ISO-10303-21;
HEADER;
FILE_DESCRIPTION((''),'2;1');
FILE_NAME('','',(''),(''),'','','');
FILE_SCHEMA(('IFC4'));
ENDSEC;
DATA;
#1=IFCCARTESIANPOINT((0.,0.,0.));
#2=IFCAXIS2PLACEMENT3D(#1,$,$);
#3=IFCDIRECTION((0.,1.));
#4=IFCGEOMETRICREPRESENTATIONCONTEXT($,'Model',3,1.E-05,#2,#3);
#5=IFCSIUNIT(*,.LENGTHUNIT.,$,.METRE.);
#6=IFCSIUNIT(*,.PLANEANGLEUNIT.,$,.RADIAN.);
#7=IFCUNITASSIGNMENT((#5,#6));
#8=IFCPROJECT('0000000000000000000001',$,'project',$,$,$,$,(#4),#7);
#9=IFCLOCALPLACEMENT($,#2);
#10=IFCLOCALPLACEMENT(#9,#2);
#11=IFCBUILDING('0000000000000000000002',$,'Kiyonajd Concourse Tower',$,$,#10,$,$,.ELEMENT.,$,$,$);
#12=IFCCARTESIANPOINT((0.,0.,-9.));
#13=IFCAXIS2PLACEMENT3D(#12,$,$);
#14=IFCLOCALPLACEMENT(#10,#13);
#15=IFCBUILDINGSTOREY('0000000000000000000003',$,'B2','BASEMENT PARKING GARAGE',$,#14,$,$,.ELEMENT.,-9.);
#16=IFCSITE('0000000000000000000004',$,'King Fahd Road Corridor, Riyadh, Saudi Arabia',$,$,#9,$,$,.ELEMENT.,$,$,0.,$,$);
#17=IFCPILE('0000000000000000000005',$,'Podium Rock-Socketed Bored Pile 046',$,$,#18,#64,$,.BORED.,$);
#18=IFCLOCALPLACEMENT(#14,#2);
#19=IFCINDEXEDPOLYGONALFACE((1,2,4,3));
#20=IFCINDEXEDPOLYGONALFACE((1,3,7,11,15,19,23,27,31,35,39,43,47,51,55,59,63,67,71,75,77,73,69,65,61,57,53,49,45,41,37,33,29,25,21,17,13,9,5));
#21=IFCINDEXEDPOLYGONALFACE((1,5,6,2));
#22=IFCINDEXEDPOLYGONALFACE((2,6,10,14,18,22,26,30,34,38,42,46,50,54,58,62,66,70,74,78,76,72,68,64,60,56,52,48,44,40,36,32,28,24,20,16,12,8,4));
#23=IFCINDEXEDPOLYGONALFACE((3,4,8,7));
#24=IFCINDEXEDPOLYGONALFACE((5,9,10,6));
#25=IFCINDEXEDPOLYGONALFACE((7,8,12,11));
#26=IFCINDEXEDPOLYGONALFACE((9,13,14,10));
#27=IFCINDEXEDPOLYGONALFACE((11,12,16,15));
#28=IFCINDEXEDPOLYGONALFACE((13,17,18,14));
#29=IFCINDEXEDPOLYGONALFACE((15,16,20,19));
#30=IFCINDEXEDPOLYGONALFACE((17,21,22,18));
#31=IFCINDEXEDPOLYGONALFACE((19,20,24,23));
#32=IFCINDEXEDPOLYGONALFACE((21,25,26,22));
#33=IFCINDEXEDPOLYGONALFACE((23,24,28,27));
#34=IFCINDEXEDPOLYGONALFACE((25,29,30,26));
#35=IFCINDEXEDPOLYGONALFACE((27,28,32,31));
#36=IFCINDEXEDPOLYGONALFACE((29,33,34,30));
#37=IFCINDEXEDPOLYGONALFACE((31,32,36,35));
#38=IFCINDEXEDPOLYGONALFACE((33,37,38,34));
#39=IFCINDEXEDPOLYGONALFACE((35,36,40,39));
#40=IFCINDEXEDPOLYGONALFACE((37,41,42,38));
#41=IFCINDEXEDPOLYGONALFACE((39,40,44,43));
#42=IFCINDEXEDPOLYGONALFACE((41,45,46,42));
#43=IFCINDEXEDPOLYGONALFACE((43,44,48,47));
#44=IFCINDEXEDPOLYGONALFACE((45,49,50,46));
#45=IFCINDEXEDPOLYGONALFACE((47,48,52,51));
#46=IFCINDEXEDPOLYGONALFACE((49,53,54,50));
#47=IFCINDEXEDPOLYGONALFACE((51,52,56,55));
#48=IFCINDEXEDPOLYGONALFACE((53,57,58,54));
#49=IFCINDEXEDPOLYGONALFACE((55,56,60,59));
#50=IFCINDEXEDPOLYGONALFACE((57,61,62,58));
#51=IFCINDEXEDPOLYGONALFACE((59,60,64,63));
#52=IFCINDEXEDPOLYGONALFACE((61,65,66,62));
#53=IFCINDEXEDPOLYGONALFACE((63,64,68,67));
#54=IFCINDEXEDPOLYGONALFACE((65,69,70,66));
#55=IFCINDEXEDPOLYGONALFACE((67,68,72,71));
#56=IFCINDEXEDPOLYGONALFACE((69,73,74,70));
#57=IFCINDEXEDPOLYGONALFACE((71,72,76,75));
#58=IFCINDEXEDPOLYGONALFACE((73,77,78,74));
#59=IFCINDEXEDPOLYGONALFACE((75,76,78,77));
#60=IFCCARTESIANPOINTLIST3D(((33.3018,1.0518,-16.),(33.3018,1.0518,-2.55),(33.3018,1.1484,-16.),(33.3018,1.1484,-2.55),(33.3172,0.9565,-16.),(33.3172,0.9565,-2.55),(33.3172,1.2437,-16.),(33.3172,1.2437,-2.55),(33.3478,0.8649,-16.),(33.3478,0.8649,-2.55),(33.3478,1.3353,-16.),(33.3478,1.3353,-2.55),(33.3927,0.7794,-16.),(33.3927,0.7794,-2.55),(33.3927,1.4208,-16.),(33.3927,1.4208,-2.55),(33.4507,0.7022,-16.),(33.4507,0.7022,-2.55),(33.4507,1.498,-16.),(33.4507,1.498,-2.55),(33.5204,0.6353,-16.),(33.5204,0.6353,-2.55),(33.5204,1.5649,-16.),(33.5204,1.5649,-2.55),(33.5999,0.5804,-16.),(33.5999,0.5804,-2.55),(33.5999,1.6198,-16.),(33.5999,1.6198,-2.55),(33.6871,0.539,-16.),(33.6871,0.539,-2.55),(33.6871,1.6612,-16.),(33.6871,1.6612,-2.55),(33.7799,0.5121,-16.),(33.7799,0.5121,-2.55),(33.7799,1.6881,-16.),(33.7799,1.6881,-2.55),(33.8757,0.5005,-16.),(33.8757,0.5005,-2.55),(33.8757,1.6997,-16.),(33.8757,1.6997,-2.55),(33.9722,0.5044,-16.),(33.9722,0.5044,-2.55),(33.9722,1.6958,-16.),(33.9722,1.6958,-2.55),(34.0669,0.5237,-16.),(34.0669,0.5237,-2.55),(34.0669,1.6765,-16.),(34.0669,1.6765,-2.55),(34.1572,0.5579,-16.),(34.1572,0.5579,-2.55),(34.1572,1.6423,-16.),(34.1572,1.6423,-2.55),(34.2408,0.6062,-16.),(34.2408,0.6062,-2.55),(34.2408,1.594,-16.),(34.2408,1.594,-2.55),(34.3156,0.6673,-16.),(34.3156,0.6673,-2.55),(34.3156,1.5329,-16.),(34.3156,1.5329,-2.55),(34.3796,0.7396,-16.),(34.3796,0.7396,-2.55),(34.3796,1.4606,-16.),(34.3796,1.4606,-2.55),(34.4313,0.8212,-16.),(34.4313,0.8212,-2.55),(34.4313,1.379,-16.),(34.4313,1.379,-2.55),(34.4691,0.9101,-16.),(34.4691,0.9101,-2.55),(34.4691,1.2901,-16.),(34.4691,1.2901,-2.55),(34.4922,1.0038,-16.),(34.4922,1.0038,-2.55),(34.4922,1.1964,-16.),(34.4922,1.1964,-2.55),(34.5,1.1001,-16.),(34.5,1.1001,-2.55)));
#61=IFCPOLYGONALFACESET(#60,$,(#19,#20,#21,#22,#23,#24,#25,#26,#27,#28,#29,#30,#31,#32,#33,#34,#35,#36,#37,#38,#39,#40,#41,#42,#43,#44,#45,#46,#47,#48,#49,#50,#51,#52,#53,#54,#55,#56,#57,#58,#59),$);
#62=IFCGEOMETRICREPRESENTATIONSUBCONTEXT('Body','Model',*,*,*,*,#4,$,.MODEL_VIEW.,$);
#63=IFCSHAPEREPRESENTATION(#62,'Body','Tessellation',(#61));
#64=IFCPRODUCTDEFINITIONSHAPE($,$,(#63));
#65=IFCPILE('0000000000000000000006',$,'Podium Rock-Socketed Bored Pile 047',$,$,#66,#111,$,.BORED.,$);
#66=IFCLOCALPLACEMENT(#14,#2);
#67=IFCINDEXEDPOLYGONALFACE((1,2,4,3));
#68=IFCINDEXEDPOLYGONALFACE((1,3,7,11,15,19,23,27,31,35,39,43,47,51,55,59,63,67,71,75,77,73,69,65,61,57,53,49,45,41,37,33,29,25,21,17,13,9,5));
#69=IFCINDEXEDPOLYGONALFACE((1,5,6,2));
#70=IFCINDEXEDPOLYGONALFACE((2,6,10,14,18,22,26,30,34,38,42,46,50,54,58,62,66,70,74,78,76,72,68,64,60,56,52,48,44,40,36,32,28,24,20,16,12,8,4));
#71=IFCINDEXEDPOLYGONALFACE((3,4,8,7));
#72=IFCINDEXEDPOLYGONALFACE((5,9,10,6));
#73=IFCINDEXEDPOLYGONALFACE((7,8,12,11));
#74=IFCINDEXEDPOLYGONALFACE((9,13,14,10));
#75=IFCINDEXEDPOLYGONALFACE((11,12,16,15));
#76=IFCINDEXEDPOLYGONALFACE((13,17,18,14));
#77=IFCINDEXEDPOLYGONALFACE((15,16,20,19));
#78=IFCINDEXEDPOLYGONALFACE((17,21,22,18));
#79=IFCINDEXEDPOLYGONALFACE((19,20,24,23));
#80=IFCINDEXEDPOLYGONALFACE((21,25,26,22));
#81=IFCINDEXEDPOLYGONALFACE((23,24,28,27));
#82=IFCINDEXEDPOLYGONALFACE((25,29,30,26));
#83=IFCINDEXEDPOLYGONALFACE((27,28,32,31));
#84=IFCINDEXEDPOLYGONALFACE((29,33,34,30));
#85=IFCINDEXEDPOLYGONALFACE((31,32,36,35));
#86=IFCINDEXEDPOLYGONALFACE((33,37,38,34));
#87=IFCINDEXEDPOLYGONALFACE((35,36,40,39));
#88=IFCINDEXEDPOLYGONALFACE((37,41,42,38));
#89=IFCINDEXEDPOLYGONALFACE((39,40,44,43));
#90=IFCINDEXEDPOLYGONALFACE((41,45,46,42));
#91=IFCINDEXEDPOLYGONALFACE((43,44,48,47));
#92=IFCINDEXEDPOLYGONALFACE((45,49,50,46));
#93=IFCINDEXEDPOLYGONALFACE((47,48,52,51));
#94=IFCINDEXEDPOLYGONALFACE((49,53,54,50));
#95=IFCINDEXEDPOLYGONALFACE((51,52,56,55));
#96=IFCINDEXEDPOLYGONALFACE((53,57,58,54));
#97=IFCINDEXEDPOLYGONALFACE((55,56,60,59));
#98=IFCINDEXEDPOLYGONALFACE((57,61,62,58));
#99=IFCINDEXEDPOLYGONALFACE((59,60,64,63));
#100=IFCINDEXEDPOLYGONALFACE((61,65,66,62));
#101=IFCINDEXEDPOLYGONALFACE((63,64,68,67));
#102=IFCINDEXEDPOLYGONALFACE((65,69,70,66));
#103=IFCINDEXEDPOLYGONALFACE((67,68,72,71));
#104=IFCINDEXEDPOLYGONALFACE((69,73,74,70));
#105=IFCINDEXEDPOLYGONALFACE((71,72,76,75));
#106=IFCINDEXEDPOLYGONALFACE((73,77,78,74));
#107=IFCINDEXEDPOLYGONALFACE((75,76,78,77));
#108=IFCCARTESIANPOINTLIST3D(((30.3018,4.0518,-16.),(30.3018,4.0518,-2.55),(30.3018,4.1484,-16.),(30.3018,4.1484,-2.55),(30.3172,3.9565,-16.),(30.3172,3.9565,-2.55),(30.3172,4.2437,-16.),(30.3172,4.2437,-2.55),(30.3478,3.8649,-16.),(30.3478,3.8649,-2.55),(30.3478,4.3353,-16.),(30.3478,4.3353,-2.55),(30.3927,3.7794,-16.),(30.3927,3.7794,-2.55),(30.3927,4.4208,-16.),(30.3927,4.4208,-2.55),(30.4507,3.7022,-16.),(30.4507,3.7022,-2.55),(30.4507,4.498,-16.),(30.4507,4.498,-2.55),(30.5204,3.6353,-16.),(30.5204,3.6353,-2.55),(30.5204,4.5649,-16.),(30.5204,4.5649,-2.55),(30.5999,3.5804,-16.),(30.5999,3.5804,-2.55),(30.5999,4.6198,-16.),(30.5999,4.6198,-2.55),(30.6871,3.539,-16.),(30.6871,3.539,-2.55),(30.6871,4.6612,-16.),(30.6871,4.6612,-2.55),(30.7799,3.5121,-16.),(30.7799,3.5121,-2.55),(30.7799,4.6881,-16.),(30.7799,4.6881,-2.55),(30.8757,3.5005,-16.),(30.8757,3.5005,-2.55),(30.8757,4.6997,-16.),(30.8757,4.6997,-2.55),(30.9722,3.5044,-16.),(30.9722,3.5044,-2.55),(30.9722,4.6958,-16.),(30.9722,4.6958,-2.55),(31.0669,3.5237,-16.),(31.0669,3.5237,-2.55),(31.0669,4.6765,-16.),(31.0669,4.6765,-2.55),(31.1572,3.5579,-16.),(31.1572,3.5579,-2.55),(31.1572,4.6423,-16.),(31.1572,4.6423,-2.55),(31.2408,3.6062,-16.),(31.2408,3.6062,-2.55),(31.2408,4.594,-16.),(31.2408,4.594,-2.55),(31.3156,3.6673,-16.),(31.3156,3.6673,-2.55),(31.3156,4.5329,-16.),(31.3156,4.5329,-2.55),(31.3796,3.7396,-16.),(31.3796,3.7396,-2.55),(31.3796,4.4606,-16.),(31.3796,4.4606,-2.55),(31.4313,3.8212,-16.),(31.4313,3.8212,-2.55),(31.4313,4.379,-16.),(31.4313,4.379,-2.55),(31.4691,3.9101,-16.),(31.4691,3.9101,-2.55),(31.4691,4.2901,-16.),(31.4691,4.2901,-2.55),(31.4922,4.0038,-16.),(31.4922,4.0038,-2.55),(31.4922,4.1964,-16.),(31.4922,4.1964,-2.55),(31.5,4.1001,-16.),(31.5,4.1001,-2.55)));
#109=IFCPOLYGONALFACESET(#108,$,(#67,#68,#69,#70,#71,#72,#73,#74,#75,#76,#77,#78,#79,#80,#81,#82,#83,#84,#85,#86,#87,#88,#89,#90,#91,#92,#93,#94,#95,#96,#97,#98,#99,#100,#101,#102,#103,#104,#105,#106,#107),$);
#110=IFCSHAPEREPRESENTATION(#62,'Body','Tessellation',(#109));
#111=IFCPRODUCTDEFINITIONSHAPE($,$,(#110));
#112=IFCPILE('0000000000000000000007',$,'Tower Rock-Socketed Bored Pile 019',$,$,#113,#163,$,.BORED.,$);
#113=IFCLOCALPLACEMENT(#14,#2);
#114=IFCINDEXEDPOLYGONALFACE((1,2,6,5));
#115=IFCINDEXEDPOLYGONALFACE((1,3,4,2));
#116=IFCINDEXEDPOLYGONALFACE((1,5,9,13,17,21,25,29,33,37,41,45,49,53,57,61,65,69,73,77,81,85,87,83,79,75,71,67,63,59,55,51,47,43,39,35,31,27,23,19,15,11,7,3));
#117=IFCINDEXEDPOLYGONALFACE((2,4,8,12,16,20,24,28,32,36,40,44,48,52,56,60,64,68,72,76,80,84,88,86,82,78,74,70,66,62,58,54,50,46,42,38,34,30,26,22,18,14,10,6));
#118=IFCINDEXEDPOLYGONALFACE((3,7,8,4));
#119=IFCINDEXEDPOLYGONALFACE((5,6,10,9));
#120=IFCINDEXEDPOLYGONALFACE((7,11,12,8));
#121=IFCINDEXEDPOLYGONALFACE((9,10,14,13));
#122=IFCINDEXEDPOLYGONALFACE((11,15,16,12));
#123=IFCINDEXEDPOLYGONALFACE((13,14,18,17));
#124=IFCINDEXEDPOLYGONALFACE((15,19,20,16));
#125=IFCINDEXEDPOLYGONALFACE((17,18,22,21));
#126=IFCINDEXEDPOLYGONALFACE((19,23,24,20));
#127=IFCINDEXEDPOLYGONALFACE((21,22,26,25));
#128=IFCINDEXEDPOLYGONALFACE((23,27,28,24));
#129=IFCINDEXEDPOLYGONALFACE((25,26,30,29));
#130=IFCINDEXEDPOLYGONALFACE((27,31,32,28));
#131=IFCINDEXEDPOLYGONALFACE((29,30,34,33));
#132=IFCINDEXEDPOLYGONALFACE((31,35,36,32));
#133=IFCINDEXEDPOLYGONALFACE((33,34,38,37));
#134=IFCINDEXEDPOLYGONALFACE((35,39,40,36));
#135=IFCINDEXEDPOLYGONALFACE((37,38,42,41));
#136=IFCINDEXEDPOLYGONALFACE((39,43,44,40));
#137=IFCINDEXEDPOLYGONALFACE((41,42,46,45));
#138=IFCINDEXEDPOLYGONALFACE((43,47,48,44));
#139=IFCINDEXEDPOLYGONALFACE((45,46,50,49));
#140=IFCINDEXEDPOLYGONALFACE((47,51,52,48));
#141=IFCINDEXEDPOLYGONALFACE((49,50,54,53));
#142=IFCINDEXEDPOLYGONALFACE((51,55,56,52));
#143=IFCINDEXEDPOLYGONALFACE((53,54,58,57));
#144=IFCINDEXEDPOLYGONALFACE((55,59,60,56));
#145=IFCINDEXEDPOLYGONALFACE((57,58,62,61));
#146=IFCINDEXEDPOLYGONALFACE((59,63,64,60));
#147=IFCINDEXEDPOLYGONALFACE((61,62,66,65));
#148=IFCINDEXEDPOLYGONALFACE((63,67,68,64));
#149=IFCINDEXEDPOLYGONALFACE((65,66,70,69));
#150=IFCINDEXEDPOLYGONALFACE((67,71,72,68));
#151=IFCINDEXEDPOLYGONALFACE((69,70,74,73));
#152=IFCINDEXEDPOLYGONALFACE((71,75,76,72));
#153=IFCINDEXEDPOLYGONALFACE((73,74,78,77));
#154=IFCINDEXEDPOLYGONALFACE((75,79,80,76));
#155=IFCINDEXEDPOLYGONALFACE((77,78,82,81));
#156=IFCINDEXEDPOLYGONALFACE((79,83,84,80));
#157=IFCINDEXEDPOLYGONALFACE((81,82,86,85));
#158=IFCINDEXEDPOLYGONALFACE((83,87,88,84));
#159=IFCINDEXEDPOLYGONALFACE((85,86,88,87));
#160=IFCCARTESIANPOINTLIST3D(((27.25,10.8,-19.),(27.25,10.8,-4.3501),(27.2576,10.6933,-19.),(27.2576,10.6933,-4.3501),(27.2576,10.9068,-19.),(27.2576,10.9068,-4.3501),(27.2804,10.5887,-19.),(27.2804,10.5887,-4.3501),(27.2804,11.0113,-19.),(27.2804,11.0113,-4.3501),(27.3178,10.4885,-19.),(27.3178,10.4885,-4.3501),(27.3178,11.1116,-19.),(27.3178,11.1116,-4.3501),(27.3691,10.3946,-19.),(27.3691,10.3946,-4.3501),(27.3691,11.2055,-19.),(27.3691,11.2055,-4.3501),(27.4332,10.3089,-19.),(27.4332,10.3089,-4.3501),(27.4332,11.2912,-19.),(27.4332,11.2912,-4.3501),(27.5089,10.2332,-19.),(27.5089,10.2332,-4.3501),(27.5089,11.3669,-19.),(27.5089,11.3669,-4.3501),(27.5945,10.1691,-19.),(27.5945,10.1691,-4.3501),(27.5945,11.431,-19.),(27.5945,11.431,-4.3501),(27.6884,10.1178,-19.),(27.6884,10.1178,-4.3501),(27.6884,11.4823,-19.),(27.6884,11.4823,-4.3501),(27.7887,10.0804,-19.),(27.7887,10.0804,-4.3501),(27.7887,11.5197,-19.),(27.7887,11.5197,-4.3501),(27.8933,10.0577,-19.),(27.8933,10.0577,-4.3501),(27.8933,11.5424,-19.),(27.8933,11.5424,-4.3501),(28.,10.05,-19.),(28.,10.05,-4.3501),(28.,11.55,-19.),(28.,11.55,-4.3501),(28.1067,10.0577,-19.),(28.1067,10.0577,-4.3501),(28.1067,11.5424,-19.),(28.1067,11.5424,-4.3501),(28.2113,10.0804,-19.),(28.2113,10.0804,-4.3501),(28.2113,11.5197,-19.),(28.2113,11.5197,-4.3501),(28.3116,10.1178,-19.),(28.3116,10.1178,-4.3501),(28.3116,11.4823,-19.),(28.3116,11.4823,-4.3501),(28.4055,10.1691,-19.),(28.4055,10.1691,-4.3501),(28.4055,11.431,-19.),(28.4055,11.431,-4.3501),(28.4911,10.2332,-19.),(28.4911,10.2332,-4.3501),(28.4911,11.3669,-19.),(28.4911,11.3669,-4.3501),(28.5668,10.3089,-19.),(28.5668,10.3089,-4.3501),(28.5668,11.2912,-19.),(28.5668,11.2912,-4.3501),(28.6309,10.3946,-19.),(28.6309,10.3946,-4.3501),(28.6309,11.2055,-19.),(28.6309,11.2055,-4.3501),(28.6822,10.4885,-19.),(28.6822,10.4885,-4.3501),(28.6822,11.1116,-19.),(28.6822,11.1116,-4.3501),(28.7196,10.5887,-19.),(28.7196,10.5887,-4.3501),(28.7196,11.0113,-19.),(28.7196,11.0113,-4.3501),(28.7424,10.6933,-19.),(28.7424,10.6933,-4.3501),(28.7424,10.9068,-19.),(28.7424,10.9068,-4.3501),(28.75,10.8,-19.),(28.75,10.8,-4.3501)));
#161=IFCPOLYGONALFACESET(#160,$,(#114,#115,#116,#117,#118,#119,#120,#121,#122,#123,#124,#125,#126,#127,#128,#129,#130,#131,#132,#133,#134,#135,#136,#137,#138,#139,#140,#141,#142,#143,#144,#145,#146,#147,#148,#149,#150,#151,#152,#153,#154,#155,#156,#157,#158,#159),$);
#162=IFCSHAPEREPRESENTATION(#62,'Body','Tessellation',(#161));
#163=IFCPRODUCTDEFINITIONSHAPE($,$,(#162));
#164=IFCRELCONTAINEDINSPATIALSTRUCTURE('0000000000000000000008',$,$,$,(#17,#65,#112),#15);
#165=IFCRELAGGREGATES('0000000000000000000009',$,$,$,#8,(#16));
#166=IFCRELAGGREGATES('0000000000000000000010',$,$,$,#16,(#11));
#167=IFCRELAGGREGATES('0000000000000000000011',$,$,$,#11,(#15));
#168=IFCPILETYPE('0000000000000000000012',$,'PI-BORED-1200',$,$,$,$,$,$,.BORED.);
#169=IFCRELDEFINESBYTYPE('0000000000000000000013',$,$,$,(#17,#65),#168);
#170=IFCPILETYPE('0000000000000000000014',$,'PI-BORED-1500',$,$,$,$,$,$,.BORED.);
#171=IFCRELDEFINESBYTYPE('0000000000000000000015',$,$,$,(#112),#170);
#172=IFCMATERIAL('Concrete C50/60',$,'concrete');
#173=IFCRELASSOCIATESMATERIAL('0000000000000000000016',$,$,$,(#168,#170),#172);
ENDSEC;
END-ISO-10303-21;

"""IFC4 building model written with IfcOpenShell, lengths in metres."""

from ifc_helpers import new_model, si_unit, direction, frame, origin, origin_2d, place, context, subcontext, project, spatial, circle, extrude, material, material_profile, profile_set, type_object, element, save


model = new_model("IFC4")

# Units and contexts
model_context = context("Model", 3, precision=1e-05, world=origin(), true_north=direction((0.0, 1.0)))
body_context = subcontext(model_context, "Body", "Model", "MODEL_VIEW")
ifc_project = project(units=[si_unit("LENGTHUNIT", "METRE"), si_unit("PLANEANGLEUNIT", "RADIAN")], contexts=[model_context])

# Site, building, storey
site_placement = place(None, origin())
site = spatial("IfcSite", under=ifc_project, at=site_placement, Name="King Fahd Road Corridor, Riyadh, Saudi Arabia", CompositionType="ELEMENT", RefElevation=0.0)
building_placement = place(site_placement, origin())
building = spatial("IfcBuilding", under=site, at=building_placement, Name="Kiyonajd Concourse Tower", CompositionType="ELEMENT")
storey_placement = place(building_placement, frame((0.0, 0.0, -9.0)))
storey = spatial("IfcBuildingStorey", under=building, at=storey_placement, Name="B2", Description="BASEMENT PARKING GARAGE", CompositionType="ELEMENT", Elevation=-9.0)

# Shared definitions
ifc_material_1 = material(Name="Concrete C50/60", Category="concrete")

# Piles
ifc_material_profile_1 = material_profile(ifc_material_1, circle(Radius=0.6001, at=origin_2d()), Name="PILE-D1200")
ifc_profile_set_1 = profile_set([ifc_material_profile_1], Name="Concrete C50/60")
pile_type_1 = type_object("IfcPileType", Name="PI-BORED-1200", PredefinedType="BORED", material=ifc_profile_set_1)
for number, where, z_axis, x_axis, name in (
    (1, (33.8999, 1.1001, -2.55), (0.0, 0.0, -1.0), (1.0, 0.0, 0.0), "Podium Rock-Socketed Bored Pile 046"),
    (2, (30.8999, 4.1001, -2.55), (0.0, 0.0, -1.0), (1.0, 0.0, 0.0), "Podium Rock-Socketed Bored Pile 047"),
):
    element("IfcPile", number, at=place(storey_placement, frame(where, z_axis=z_axis, x_axis=x_axis)), inside=storey, type_object=pile_type_1, Name=name, PredefinedType="BORED", context=body_context, shape_type="SweptSolid", body=[
        extrude(circle(Radius=0.6001, at=origin_2d()), origin(), (0.0, 0.0, 1.0), 13.45),
    ])
ifc_material_profile_2 = material_profile(ifc_material_1, circle(Radius=0.75, at=origin_2d()), Name="PILE-D1500")
ifc_profile_set_2 = profile_set([ifc_material_profile_2], Name="Concrete C50/60")
pile_type_2 = type_object("IfcPileType", Name="PI-BORED-1500", PredefinedType="BORED", material=ifc_profile_set_2)
for number, where, z_axis, x_axis, name in (
    (3, (28.0, 10.8, -4.3501), (0.0, 0.0, -1.0), (1.0, 0.0, 0.0), "Tower Rock-Socketed Bored Pile 019"),
):
    element("IfcPile", number, at=place(storey_placement, frame(where, z_axis=z_axis, x_axis=x_axis)), inside=storey, type_object=pile_type_2, Name=name, PredefinedType="BORED", context=body_context, shape_type="SweptSolid", body=[
        extrude(circle(Radius=0.75, at=origin_2d()), origin(), (0.0, 0.0, 1.0), 14.6499),
    ])

save(model, "model.ifc")
